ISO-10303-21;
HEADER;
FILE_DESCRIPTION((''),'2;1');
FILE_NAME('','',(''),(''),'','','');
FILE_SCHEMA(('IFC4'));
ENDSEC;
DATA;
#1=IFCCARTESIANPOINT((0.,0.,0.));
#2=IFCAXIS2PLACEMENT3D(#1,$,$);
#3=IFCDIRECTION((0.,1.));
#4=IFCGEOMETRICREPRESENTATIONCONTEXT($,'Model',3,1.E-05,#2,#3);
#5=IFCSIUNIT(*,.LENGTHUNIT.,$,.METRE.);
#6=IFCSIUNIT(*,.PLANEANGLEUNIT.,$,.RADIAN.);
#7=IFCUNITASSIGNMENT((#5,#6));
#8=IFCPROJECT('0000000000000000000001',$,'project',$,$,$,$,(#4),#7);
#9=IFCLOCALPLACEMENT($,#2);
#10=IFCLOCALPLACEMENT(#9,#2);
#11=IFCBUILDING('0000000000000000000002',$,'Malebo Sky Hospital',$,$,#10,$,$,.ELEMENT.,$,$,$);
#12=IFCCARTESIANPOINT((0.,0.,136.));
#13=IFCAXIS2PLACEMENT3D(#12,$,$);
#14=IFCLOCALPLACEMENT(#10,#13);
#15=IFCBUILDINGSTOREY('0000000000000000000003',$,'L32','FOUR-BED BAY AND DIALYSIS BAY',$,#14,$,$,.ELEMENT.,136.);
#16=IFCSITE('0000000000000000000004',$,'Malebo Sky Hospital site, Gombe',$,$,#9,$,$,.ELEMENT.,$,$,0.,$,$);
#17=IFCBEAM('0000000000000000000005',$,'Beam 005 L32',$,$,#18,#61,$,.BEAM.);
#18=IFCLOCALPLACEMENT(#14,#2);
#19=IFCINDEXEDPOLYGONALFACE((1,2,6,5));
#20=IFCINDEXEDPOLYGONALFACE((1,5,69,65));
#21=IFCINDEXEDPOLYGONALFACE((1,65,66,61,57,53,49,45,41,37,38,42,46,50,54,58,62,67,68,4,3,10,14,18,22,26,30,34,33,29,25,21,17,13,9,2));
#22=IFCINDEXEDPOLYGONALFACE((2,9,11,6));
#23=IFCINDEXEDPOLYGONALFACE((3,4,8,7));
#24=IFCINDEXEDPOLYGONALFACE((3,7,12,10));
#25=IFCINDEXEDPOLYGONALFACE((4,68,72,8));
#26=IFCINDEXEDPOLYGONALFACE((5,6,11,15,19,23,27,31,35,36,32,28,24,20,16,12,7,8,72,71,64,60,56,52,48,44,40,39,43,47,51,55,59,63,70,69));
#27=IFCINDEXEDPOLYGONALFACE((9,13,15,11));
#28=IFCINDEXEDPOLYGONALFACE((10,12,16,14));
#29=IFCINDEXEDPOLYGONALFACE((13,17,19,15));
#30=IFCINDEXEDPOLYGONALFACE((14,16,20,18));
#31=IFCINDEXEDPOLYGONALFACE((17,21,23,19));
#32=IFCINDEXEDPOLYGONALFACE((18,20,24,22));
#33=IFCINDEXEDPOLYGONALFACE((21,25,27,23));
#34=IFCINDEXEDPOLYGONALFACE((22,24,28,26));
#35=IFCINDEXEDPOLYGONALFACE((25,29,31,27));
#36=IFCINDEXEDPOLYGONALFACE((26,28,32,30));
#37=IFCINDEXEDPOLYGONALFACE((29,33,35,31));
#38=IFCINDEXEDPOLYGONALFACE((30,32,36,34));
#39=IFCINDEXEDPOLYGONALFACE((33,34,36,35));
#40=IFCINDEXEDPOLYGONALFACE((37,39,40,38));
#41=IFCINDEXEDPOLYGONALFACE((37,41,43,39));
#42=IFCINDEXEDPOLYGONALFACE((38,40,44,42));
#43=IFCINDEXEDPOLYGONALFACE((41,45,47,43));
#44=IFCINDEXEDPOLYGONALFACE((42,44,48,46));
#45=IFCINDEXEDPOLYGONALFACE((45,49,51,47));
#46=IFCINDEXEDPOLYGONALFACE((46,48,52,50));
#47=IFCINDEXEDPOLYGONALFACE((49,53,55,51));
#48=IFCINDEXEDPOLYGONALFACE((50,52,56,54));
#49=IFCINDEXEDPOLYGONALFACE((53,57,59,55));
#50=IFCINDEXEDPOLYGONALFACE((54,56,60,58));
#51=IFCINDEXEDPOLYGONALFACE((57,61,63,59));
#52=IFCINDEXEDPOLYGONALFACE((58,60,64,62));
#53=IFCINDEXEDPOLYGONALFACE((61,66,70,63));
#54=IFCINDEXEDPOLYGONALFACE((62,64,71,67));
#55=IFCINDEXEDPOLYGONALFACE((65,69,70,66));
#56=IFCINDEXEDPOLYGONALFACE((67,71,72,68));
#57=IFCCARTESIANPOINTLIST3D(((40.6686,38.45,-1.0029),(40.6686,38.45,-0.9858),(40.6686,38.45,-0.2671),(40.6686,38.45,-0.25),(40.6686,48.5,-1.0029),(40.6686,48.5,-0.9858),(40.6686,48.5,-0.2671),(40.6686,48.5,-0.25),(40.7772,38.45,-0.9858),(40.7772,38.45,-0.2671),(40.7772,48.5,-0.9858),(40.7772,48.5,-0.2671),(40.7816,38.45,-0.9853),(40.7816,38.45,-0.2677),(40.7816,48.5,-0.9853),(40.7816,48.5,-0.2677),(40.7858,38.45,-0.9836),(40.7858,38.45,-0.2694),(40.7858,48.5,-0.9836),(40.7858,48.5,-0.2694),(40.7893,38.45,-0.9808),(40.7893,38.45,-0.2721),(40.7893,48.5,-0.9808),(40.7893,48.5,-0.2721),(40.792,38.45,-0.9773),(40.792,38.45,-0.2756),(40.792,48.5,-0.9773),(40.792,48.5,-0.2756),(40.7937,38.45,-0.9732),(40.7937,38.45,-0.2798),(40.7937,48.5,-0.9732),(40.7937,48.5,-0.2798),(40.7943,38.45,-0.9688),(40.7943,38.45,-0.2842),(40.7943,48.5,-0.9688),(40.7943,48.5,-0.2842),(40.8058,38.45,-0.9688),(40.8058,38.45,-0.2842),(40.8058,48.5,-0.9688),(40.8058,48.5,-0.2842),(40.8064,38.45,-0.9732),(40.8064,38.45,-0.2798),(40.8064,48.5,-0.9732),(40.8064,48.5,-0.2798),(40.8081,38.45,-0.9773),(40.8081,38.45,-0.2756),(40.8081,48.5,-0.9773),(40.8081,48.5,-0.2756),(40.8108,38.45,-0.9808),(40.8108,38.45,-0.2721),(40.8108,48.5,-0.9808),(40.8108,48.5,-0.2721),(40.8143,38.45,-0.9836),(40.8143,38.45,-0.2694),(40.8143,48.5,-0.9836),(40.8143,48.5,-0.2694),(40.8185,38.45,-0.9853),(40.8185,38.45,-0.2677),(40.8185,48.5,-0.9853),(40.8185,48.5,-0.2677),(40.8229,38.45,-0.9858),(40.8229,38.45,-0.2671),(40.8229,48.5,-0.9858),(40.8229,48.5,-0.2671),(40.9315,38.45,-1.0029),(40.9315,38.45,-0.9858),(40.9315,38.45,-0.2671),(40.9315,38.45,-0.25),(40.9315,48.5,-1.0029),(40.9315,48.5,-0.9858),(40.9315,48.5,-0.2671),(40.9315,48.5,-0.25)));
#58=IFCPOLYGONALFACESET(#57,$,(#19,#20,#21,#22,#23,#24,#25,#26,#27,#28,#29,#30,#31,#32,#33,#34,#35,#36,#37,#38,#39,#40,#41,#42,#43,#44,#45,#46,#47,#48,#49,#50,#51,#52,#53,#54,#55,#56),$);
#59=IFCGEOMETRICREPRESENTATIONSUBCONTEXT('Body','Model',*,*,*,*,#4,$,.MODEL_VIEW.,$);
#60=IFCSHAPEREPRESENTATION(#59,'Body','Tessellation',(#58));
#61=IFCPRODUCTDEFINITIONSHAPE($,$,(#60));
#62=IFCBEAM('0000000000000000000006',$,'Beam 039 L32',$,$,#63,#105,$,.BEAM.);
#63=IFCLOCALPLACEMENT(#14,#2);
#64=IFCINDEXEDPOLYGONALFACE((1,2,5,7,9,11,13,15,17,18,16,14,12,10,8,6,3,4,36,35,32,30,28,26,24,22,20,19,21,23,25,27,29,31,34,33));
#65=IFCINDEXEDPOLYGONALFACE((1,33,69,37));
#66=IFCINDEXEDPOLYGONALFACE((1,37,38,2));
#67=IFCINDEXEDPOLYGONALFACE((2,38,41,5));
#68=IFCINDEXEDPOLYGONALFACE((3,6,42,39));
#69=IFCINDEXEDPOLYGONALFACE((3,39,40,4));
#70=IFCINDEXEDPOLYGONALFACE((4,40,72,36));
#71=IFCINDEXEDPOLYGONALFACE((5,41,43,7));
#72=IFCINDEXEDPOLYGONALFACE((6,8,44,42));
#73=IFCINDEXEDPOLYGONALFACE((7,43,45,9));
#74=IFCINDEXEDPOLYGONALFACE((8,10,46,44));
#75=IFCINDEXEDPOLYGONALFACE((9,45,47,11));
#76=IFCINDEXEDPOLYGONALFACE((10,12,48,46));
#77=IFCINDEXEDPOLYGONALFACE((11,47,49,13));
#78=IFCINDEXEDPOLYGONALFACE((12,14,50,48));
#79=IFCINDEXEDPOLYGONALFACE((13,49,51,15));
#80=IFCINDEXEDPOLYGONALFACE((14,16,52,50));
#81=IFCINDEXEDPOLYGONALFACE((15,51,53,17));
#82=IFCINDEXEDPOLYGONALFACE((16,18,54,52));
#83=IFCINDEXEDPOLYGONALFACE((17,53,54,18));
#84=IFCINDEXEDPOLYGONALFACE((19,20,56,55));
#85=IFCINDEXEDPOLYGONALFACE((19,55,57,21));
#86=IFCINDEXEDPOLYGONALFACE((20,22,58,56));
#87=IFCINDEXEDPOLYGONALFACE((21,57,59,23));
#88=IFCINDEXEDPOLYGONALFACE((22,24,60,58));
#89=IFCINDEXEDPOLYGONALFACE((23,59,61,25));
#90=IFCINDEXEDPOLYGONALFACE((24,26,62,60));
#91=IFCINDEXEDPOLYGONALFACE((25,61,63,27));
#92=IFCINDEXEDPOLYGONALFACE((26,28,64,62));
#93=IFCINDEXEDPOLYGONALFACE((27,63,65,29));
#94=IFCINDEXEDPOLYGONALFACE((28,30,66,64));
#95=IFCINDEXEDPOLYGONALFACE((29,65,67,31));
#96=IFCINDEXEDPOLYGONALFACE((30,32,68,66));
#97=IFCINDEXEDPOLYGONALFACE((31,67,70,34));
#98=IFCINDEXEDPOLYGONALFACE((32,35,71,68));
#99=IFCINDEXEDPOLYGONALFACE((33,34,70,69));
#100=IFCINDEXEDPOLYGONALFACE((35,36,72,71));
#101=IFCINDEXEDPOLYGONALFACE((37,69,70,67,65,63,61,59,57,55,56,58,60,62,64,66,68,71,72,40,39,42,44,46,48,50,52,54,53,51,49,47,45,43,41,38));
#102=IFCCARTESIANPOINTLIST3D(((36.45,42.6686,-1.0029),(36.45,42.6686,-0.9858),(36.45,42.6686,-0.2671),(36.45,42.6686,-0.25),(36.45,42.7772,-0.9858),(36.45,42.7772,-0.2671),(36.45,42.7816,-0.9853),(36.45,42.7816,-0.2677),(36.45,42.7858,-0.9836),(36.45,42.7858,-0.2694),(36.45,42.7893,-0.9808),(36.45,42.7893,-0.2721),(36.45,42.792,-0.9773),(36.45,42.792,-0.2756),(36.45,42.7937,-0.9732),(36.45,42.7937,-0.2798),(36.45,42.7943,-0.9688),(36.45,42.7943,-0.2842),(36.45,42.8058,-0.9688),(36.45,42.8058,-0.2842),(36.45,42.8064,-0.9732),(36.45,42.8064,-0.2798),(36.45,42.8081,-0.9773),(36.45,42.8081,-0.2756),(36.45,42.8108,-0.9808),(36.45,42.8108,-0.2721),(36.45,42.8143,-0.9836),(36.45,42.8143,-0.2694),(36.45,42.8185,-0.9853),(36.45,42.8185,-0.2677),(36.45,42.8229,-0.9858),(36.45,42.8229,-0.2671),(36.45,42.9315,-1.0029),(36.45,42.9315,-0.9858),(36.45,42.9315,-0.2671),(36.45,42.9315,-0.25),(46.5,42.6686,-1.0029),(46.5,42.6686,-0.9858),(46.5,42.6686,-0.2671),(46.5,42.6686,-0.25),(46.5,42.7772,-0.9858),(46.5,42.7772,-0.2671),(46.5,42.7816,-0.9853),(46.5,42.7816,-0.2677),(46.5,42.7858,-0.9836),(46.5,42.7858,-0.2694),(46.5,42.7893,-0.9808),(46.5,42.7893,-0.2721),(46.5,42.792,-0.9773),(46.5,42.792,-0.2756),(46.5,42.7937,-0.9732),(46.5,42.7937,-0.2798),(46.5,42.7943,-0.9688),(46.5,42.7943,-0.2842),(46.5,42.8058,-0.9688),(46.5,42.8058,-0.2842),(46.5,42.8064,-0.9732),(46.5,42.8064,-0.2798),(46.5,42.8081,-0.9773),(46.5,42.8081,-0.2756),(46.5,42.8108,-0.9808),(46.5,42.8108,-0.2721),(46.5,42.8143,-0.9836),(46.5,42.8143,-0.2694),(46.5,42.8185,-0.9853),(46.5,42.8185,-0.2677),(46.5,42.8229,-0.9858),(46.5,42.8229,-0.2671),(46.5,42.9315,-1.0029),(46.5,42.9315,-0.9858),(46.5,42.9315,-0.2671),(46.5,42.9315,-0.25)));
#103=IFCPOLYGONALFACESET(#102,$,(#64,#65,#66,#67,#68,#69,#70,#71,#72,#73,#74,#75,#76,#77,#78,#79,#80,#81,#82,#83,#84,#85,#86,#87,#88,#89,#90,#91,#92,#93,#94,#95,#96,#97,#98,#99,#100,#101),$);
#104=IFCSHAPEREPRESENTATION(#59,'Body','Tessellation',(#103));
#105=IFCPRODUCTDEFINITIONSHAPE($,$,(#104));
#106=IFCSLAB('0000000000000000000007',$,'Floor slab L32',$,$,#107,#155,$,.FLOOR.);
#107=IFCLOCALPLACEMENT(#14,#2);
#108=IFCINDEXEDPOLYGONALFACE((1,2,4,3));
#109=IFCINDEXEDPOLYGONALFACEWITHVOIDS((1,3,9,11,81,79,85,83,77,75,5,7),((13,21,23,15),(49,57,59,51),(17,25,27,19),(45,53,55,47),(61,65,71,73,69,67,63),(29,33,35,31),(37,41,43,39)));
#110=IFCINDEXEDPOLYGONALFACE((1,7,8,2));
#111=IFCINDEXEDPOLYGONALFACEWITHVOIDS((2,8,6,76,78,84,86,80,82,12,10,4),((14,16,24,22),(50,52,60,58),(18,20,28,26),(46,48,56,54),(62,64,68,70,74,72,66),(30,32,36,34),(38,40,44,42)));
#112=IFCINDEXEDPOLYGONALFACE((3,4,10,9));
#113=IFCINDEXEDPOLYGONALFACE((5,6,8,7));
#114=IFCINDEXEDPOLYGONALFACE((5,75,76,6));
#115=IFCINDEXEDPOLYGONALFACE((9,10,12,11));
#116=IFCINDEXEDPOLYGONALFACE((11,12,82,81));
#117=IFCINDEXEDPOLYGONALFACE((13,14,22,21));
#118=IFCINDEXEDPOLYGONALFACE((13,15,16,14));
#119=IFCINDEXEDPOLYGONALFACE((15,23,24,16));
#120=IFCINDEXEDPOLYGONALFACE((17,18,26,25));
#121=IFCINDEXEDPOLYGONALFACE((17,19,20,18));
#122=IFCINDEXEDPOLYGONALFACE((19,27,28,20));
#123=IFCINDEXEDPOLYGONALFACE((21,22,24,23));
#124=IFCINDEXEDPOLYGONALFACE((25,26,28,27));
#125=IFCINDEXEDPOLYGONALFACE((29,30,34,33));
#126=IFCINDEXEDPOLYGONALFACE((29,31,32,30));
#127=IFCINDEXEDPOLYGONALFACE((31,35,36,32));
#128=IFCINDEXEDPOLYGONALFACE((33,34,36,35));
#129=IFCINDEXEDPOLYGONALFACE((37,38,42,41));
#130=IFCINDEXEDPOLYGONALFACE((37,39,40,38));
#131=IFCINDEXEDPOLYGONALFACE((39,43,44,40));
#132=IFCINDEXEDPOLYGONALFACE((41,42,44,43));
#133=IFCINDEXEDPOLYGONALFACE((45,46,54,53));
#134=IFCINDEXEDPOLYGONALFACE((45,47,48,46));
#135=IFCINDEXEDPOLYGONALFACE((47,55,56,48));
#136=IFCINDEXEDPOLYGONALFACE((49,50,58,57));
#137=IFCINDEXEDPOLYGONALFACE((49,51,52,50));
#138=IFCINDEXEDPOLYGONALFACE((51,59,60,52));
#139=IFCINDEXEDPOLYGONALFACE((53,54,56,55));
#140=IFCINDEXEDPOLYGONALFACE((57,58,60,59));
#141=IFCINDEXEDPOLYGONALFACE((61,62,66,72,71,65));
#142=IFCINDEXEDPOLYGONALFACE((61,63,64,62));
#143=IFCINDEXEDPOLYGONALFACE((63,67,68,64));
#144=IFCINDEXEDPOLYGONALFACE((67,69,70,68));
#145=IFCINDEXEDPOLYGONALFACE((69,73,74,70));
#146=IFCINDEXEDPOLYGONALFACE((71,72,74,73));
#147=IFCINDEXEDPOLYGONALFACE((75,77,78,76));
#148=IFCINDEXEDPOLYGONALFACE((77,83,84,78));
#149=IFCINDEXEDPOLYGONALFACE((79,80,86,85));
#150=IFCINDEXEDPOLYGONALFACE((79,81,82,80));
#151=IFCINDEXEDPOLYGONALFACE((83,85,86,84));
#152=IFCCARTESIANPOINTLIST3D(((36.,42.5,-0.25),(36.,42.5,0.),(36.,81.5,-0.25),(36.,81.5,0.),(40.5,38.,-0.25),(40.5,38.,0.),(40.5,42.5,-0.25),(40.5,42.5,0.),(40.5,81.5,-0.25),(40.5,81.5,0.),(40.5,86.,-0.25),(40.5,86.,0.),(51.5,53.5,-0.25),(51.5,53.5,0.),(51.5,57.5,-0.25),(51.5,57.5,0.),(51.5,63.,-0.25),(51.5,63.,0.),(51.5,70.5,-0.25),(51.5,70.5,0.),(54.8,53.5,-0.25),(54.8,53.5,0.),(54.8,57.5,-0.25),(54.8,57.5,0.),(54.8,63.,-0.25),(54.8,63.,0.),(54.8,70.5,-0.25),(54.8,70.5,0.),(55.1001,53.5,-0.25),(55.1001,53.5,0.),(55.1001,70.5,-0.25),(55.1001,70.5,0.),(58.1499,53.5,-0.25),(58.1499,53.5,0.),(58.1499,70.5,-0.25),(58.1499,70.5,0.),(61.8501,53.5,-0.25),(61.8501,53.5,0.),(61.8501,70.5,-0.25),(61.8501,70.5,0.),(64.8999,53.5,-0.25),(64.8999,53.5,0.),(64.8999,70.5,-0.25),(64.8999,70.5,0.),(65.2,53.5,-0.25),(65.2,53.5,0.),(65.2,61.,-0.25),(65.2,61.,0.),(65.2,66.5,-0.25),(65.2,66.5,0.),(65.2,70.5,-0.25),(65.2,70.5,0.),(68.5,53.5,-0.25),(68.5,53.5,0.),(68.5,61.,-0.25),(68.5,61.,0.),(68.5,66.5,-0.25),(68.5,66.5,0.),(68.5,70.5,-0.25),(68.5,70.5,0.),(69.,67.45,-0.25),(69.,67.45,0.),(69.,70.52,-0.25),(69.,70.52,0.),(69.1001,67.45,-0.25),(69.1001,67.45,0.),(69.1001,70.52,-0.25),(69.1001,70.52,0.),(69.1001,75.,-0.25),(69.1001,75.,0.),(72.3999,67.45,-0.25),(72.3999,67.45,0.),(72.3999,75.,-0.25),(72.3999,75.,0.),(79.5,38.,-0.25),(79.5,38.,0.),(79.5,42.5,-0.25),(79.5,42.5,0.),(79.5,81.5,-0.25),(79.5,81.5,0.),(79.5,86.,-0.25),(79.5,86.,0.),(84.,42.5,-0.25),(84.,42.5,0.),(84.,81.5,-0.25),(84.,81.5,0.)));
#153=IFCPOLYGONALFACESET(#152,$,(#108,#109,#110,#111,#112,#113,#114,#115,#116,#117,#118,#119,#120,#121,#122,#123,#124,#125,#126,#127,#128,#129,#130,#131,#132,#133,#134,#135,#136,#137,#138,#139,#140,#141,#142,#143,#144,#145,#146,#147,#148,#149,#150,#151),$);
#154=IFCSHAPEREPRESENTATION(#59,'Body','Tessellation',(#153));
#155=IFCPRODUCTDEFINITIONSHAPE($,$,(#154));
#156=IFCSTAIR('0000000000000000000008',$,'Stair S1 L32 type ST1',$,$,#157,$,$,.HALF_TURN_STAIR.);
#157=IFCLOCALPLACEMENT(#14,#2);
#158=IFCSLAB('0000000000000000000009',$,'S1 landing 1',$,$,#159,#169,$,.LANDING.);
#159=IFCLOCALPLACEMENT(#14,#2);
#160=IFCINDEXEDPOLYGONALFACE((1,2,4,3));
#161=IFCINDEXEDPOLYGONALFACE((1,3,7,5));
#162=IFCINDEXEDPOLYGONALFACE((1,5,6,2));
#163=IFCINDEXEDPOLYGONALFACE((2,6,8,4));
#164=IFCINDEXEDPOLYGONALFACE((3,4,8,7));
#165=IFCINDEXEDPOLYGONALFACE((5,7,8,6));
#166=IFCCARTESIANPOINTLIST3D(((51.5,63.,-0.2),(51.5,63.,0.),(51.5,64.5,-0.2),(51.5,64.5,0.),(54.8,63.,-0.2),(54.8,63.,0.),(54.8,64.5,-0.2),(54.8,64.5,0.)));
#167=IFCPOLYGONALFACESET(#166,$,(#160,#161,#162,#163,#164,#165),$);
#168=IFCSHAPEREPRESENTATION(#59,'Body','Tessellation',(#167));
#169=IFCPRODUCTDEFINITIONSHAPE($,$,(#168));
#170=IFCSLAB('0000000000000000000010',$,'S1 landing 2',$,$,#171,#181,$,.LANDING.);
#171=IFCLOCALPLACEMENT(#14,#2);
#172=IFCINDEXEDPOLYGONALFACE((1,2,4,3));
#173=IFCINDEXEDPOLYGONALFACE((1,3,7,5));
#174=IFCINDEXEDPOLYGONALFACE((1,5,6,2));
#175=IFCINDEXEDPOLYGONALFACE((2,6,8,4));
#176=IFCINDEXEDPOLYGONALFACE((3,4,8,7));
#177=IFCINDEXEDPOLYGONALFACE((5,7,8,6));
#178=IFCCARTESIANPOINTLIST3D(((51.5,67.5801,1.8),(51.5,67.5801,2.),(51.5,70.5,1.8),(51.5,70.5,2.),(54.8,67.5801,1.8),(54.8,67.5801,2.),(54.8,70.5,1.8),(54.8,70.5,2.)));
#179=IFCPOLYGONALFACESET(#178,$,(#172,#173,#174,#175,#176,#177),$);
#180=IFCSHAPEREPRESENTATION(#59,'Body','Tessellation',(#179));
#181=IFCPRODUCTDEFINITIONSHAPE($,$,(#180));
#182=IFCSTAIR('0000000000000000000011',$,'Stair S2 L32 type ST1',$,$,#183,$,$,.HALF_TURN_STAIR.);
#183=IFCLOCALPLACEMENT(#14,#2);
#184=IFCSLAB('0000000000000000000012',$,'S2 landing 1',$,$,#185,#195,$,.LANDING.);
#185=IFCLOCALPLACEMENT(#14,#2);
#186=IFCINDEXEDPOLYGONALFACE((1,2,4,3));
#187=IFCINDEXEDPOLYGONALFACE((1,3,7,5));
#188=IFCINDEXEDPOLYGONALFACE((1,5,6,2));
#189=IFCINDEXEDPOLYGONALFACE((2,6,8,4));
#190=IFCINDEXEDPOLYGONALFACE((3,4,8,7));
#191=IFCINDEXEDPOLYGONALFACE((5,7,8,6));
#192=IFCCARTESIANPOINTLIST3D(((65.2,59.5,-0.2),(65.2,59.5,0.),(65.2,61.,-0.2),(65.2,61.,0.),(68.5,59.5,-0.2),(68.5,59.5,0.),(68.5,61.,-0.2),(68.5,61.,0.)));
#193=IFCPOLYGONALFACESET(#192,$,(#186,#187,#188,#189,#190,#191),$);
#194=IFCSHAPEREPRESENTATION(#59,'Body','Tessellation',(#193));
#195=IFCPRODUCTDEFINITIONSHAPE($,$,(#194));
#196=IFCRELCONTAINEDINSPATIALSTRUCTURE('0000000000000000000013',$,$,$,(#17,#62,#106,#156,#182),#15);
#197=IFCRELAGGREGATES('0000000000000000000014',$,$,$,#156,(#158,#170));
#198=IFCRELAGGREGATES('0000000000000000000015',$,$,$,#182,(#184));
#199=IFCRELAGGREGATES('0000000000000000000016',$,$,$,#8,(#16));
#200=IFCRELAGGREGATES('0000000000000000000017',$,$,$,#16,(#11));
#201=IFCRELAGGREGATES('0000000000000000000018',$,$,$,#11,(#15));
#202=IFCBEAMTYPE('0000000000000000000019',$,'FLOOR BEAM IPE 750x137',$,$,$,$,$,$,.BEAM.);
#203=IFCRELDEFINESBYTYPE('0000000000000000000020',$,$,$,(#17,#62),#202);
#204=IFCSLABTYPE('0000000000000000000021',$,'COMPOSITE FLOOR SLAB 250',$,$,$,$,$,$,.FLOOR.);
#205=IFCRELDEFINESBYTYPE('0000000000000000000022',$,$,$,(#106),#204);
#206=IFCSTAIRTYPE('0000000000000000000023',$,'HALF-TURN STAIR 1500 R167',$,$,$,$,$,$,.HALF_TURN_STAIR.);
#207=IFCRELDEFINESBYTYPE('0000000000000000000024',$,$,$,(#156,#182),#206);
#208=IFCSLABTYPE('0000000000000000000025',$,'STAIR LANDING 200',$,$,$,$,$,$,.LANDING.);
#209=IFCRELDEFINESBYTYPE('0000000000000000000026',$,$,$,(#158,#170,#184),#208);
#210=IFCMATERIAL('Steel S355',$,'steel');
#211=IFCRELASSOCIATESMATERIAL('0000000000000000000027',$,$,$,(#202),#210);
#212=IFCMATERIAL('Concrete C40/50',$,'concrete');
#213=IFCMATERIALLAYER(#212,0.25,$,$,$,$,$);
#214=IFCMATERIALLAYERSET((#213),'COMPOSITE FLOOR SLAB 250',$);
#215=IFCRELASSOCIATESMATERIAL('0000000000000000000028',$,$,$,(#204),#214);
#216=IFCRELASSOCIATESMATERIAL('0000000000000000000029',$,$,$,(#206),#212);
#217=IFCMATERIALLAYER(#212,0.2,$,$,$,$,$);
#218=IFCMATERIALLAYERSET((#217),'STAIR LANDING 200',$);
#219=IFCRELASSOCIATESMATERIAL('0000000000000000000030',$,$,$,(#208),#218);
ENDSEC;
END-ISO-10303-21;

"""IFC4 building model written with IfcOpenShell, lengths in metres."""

from ifc_helpers import new_model, si_unit, direction, frame, origin, origin_2d, place, context, subcontext, project, spatial, polyline, i_section, outline, extrude, material, layer, layer_set, material_profile, profile_set, type_object, element, aggregate, save


model = new_model("IFC4")

# Units and contexts
model_context = context("Model", 3, precision=1e-05, world=origin(), true_north=direction((0.0, 1.0)))
body_context = subcontext(model_context, "Body", "Model", "MODEL_VIEW")
ifc_project = project(units=[si_unit("LENGTHUNIT", "METRE"), si_unit("PLANEANGLEUNIT", "RADIAN")], contexts=[model_context])

# Site, building, storey
site_placement = place(None, origin())
site = spatial("IfcSite", under=ifc_project, at=site_placement, Name="Malebo Sky Hospital site, Gombe", CompositionType="ELEMENT", RefElevation=0.0)
building_placement = place(site_placement, origin())
building = spatial("IfcBuilding", under=site, at=building_placement, Name="Malebo Sky Hospital", CompositionType="ELEMENT")
storey_placement = place(building_placement, frame((0.0, 0.0, 136.0)))
storey = spatial("IfcBuildingStorey", under=building, at=storey_placement, Name="L32", Description="FOUR-BED BAY AND DIALYSIS BAY", CompositionType="ELEMENT", Elevation=136.0)

# Beams
ifc_material_1 = material(Name="Steel S355", Category="steel")
ifc_material_profile_1 = material_profile(ifc_material_1, i_section(OverallWidth=0.2629, OverallDepth=0.7529, WebThickness=0.0115, FlangeThickness=0.0171, FilletRadius=0.0171, at=origin_2d()), Name="IPE 750x137")
ifc_profile_set_1 = profile_set([ifc_material_profile_1], Name="Steel S355")
beam_type_1 = type_object("IfcBeamType", Name="FLOOR BEAM IPE 750x137", PredefinedType="BEAM", material=ifc_profile_set_1)
for number, where, z_axis, x_axis, name in (
    (1, (40.8, 38.45, -0.6265), (0.0, 1.0, 0.0), (-1.0, 0.0, 0.0), "Beam 005 L32"),
    (2, (36.45, 42.8, -0.6265), (1.0, 0.0, 0.0), (0.0, 1.0, 0.0), "Beam 039 L32"),
):
    element("IfcBeam", number, at=place(storey_placement, frame(where, z_axis=z_axis, x_axis=x_axis)), inside=storey, type_object=beam_type_1, Name=name, PredefinedType="BEAM", context=body_context, shape_type="SweptSolid", body=[
        extrude(i_section(OverallWidth=0.2629, OverallDepth=0.7529, WebThickness=0.0115, FlangeThickness=0.0171, FilletRadius=0.0171, at=origin_2d()), origin(), (0.0, 0.0, 1.0), 10.05),
    ])

# Slab
ifc_material_2 = material(Name="Concrete C40/50", Category="concrete")
ifc_layer_1 = layer(ifc_material_2, 0.25)
ifc_layer_set_1 = layer_set([ifc_layer_1], Name="COMPOSITE FLOOR SLAB 250")
slab_type_1 = type_object("IfcSlabType", Name="COMPOSITE FLOOR SLAB 250", PredefinedType="FLOOR", material=ifc_layer_set_1)
slab_1_placement = place(storey_placement, frame((0.0, 0.0, -0.25)))
element("IfcSlab", 3, at=slab_1_placement, inside=storey, type_object=slab_type_1, Name="Floor slab L32", PredefinedType="FLOOR", context=body_context, shape_type="SweptSolid", body=[
    extrude(outline(polyline([(40.5, 86.0), (40.5, 81.5), (36.0, 81.5), (36.0, 42.5), (40.5, 42.5), (40.5, 38.0), (79.5, 38.0), (79.5, 42.5), (84.0, 42.5), (84.0, 81.5), (79.5, 81.5), (79.5, 86.0), (40.5, 86.0)]), holes=[polyline([(55.1001, 70.5), (58.1499, 70.5), (58.1499, 53.5), (55.1001, 53.5), (55.1001, 70.5)]), polyline([(64.8999, 70.5), (64.8999, 53.5), (61.8501, 53.5), (61.8501, 70.5), (64.8999, 70.5)]), polyline([(54.8, 63.0), (51.5, 63.0), (51.5, 70.5), (54.8, 70.5), (54.8, 63.0)]), polyline([(51.5, 53.5), (51.5, 57.5), (54.8, 57.5), (54.8, 53.5), (51.5, 53.5)]), polyline([(65.2, 61.0), (68.5, 61.0), (68.5, 53.5), (65.2, 53.5), (65.2, 61.0)]), polyline([(68.5, 70.5), (68.5, 66.5), (65.2, 66.5), (65.2, 70.5), (68.5, 70.5)]), polyline([(69.0, 67.45), (69.0, 70.52), (69.1001, 70.52), (69.1001, 75.0), (72.3999, 75.0), (72.3999, 67.45), (69.1001, 67.45), (69.0, 67.45)])]), origin(), (0.0, 0.0, 1.0), 0.25),
])

# Stairs, slabs
stair_type_1 = type_object("IfcStairType", Name="HALF-TURN STAIR 1500 R167", PredefinedType="HALF_TURN_STAIR", material=ifc_material_2)
stair_1_placement = place(storey_placement, origin())
stair_1 = element("IfcStair", 4, at=stair_1_placement, inside=storey, type_object=stair_type_1, Name="Stair S1 L32 type ST1", PredefinedType="HALF_TURN_STAIR")
ifc_layer_2 = layer(ifc_material_2, 0.2)
ifc_layer_set_2 = layer_set([ifc_layer_2], Name="STAIR LANDING 200")
slab_type_2 = type_object("IfcSlabType", Name="STAIR LANDING 200", PredefinedType="LANDING", material=ifc_layer_set_2)
slab_2_placement = place(storey_placement, frame((0.0, 0.0, -0.2)))
slab_2 = element("IfcSlab", 5, at=slab_2_placement, type_object=slab_type_2, Name="S1 landing 1", PredefinedType="LANDING", context=body_context, shape_type="SweptSolid", body=[
    extrude(outline(polyline([(51.5, 63.0), (54.8, 63.0), (54.8, 64.5), (51.5, 64.5), (51.5, 63.0)])), origin(), (0.0, 0.0, 1.0), 0.2),
])
slab_3_placement = place(storey_placement, frame((0.0, 0.0, 1.8)))
slab_3 = element("IfcSlab", 6, at=slab_3_placement, type_object=slab_type_2, Name="S1 landing 2", PredefinedType="LANDING", context=body_context, shape_type="SweptSolid", body=[
    extrude(outline(polyline([(51.5, 67.5801), (54.8, 67.5801), (54.8, 70.5), (51.5, 70.5), (51.5, 67.5801)])), origin(), (0.0, 0.0, 1.0), 0.2),
])
aggregate(stair_1, [slab_2, slab_3])
stair_2_placement = place(storey_placement, origin())
stair_2 = element("IfcStair", 7, at=stair_2_placement, inside=storey, type_object=stair_type_1, Name="Stair S2 L32 type ST1", PredefinedType="HALF_TURN_STAIR")
slab_4_placement = place(storey_placement, frame((0.0, 0.0, -0.2)))
slab_4 = element("IfcSlab", 8, at=slab_4_placement, type_object=slab_type_2, Name="S2 landing 1", PredefinedType="LANDING", context=body_context, shape_type="SweptSolid", body=[
    extrude(outline(polyline([(65.2, 59.5), (68.5, 59.5), (68.5, 61.0), (65.2, 61.0), (65.2, 59.5)])), origin(), (0.0, 0.0, 1.0), 0.2),
])
aggregate(stair_2, [slab_4])

save(model, "model.ifc")
